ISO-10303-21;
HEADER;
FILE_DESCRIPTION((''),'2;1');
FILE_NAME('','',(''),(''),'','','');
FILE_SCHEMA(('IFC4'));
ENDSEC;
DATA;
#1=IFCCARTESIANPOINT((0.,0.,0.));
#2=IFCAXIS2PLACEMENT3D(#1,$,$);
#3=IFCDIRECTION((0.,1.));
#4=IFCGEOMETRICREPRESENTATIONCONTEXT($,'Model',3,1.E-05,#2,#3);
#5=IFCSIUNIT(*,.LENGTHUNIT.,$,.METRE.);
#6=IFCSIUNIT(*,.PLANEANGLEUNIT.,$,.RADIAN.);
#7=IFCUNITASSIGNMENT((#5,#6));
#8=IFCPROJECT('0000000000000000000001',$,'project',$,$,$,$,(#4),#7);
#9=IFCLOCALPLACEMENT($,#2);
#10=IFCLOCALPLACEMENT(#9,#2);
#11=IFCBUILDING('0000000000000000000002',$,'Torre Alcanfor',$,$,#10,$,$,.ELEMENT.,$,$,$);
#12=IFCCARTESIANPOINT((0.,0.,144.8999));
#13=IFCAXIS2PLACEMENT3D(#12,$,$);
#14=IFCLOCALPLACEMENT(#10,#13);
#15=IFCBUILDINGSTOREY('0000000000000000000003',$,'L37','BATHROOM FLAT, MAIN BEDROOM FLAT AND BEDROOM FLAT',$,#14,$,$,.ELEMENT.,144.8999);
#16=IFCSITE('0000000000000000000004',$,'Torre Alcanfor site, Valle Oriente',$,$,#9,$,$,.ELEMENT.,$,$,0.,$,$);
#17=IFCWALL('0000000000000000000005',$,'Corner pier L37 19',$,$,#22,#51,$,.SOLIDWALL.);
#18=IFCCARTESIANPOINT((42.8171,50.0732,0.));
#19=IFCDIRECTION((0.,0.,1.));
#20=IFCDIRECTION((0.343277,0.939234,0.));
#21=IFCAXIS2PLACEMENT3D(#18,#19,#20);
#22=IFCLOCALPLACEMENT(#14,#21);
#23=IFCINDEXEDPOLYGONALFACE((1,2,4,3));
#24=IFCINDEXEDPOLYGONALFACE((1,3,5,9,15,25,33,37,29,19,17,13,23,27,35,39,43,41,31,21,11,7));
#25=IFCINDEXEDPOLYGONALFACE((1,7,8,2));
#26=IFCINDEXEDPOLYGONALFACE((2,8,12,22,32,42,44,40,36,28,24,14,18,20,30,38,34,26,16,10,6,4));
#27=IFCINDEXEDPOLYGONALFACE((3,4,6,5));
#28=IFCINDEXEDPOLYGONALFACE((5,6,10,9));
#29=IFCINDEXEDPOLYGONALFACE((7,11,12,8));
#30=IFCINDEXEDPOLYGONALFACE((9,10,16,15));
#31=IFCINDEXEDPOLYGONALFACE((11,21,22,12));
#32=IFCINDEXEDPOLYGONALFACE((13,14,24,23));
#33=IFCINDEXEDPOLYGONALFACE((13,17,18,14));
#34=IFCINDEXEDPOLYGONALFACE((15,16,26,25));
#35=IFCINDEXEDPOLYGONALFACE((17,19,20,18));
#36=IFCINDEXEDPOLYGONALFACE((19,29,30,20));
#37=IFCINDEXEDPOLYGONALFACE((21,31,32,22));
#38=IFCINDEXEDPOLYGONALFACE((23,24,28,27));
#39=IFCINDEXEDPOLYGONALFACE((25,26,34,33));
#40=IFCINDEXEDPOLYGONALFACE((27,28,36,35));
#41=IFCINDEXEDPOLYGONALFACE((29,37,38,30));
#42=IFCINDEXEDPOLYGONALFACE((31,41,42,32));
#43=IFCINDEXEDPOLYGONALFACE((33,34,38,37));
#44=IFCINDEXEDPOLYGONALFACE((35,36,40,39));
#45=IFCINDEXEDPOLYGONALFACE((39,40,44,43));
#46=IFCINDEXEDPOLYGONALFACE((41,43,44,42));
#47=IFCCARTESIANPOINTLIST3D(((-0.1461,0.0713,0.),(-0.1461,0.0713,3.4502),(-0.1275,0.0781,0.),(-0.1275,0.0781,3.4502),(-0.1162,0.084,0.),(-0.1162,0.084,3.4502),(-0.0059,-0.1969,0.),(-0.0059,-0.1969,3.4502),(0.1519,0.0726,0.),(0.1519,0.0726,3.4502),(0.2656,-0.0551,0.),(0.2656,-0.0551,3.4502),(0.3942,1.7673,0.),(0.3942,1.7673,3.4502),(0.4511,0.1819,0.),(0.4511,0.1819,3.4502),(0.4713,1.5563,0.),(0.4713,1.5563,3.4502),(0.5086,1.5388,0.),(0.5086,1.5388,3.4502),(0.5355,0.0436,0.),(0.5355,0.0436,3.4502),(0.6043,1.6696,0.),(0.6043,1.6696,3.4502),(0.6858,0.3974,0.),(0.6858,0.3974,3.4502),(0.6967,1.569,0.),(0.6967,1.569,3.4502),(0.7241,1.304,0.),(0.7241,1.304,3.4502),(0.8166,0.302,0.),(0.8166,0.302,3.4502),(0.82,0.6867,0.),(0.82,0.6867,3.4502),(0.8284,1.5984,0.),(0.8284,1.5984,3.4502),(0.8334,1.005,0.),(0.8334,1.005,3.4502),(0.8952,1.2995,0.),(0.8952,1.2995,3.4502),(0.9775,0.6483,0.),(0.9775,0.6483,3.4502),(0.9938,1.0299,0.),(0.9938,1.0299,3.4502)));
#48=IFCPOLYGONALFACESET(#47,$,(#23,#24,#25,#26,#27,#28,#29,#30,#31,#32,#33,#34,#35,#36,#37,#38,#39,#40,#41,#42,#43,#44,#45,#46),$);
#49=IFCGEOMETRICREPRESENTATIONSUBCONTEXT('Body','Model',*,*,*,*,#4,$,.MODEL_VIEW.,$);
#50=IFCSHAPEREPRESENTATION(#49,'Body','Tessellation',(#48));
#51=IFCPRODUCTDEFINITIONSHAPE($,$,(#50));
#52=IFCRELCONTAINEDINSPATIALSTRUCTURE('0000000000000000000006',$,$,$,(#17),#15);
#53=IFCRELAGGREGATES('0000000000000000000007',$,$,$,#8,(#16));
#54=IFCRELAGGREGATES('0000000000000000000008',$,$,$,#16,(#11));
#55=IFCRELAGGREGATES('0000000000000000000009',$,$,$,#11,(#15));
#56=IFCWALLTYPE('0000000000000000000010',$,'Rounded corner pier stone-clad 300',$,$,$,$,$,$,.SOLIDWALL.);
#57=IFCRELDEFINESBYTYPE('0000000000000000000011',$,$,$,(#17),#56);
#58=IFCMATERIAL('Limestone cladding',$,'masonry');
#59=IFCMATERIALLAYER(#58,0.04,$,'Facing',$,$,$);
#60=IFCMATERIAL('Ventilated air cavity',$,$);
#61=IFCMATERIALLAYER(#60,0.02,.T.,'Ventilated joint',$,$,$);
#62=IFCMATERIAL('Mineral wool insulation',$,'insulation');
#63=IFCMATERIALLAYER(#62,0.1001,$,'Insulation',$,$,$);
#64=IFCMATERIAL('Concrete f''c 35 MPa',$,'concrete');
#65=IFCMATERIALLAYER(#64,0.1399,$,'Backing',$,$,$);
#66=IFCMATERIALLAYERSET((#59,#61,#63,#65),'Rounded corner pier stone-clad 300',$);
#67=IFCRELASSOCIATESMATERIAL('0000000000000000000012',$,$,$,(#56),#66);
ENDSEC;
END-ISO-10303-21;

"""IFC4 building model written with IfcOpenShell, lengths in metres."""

from ifc_helpers import new_model, si_unit, direction, frame, origin, place, context, subcontext, project, spatial, polyline, outline, extrude, material, layer, layer_set, type_object, element, save


model = new_model("IFC4")

# Units and contexts
model_context = context("Model", 3, precision=1e-05, world=origin(), true_north=direction((0.0, 1.0)))
body_context = subcontext(model_context, "Body", "Model", "MODEL_VIEW")
ifc_project = project(units=[si_unit("LENGTHUNIT", "METRE"), si_unit("PLANEANGLEUNIT", "RADIAN")], contexts=[model_context])

# Site, building, storey
site_placement = place(None, origin())
site = spatial("IfcSite", under=ifc_project, at=site_placement, Name="Torre Alcanfor site, Valle Oriente", CompositionType="ELEMENT", RefElevation=0.0)
building_placement = place(site_placement, origin())
building = spatial("IfcBuilding", under=site, at=building_placement, Name="Torre Alcanfor", CompositionType="ELEMENT")
storey_placement = place(building_placement, frame((0.0, 0.0, 144.8999)))
storey = spatial("IfcBuildingStorey", under=building, at=storey_placement, Name="L37", Description="BATHROOM FLAT, MAIN BEDROOM FLAT AND BEDROOM FLAT", CompositionType="ELEMENT", Elevation=144.8999)

# Shared definitions
ifc_material_1 = material(Name="Limestone cladding", Category="masonry")
ifc_material_2 = material(Name="Ventilated air cavity")
ifc_material_3 = material(Name="Mineral wool insulation", Category="insulation")
ifc_material_4 = material(Name="Concrete f'c 35 MPa", Category="concrete")

# Wall
ifc_layer_1 = layer(ifc_material_1, 0.04, Name="Facing")
ifc_layer_2 = layer(ifc_material_2, 0.02, ventilated=True, Name="Ventilated joint")
ifc_layer_3 = layer(ifc_material_3, 0.1001, Name="Insulation")
ifc_layer_4 = layer(ifc_material_4, 0.1399, Name="Backing")
ifc_layer_set_1 = layer_set([ifc_layer_1, ifc_layer_2, ifc_layer_3, ifc_layer_4], Name="Rounded corner pier stone-clad 300")
wall_type_1 = type_object("IfcWallType", Name="Rounded corner pier stone-clad 300", PredefinedType="SOLIDWALL", material=ifc_layer_set_1)
wall_1_placement = place(storey_placement, frame((42.8171, 50.0732, 0.0), z_axis=(0.0, 0.0, 1.0), x_axis=(0.343277, 0.939234, 0.0)))
element("IfcWall", 1, at=wall_1_placement, inside=storey, type_object=wall_type_1, Name="Corner pier L37 19", PredefinedType="SOLIDWALL", context=body_context, shape_type="SweptSolid", body=[
    extrude(outline(polyline([(0.2656, -0.0551), (0.5355, 0.0436), (0.8166, 0.302), (0.9775, 0.6483), (0.9938, 1.0299), (0.8952, 1.2995), (0.8284, 1.5984), (0.6967, 1.569), (0.6043, 1.6696), (0.3942, 1.7673), (0.4713, 1.5563), (0.5086, 1.5388), (0.7241, 1.304), (0.8334, 1.005), (0.82, 0.6867), (0.6858, 0.3974), (0.4511, 0.1819), (0.1519, 0.0726), (-0.1162, 0.084), (-0.1275, 0.0781), (-0.1461, 0.0713), (-0.0059, -0.1969), (0.2656, -0.0551)])), origin(), (0.0, 0.0, 1.0), 3.4502),
])

save(model, "model.ifc")
